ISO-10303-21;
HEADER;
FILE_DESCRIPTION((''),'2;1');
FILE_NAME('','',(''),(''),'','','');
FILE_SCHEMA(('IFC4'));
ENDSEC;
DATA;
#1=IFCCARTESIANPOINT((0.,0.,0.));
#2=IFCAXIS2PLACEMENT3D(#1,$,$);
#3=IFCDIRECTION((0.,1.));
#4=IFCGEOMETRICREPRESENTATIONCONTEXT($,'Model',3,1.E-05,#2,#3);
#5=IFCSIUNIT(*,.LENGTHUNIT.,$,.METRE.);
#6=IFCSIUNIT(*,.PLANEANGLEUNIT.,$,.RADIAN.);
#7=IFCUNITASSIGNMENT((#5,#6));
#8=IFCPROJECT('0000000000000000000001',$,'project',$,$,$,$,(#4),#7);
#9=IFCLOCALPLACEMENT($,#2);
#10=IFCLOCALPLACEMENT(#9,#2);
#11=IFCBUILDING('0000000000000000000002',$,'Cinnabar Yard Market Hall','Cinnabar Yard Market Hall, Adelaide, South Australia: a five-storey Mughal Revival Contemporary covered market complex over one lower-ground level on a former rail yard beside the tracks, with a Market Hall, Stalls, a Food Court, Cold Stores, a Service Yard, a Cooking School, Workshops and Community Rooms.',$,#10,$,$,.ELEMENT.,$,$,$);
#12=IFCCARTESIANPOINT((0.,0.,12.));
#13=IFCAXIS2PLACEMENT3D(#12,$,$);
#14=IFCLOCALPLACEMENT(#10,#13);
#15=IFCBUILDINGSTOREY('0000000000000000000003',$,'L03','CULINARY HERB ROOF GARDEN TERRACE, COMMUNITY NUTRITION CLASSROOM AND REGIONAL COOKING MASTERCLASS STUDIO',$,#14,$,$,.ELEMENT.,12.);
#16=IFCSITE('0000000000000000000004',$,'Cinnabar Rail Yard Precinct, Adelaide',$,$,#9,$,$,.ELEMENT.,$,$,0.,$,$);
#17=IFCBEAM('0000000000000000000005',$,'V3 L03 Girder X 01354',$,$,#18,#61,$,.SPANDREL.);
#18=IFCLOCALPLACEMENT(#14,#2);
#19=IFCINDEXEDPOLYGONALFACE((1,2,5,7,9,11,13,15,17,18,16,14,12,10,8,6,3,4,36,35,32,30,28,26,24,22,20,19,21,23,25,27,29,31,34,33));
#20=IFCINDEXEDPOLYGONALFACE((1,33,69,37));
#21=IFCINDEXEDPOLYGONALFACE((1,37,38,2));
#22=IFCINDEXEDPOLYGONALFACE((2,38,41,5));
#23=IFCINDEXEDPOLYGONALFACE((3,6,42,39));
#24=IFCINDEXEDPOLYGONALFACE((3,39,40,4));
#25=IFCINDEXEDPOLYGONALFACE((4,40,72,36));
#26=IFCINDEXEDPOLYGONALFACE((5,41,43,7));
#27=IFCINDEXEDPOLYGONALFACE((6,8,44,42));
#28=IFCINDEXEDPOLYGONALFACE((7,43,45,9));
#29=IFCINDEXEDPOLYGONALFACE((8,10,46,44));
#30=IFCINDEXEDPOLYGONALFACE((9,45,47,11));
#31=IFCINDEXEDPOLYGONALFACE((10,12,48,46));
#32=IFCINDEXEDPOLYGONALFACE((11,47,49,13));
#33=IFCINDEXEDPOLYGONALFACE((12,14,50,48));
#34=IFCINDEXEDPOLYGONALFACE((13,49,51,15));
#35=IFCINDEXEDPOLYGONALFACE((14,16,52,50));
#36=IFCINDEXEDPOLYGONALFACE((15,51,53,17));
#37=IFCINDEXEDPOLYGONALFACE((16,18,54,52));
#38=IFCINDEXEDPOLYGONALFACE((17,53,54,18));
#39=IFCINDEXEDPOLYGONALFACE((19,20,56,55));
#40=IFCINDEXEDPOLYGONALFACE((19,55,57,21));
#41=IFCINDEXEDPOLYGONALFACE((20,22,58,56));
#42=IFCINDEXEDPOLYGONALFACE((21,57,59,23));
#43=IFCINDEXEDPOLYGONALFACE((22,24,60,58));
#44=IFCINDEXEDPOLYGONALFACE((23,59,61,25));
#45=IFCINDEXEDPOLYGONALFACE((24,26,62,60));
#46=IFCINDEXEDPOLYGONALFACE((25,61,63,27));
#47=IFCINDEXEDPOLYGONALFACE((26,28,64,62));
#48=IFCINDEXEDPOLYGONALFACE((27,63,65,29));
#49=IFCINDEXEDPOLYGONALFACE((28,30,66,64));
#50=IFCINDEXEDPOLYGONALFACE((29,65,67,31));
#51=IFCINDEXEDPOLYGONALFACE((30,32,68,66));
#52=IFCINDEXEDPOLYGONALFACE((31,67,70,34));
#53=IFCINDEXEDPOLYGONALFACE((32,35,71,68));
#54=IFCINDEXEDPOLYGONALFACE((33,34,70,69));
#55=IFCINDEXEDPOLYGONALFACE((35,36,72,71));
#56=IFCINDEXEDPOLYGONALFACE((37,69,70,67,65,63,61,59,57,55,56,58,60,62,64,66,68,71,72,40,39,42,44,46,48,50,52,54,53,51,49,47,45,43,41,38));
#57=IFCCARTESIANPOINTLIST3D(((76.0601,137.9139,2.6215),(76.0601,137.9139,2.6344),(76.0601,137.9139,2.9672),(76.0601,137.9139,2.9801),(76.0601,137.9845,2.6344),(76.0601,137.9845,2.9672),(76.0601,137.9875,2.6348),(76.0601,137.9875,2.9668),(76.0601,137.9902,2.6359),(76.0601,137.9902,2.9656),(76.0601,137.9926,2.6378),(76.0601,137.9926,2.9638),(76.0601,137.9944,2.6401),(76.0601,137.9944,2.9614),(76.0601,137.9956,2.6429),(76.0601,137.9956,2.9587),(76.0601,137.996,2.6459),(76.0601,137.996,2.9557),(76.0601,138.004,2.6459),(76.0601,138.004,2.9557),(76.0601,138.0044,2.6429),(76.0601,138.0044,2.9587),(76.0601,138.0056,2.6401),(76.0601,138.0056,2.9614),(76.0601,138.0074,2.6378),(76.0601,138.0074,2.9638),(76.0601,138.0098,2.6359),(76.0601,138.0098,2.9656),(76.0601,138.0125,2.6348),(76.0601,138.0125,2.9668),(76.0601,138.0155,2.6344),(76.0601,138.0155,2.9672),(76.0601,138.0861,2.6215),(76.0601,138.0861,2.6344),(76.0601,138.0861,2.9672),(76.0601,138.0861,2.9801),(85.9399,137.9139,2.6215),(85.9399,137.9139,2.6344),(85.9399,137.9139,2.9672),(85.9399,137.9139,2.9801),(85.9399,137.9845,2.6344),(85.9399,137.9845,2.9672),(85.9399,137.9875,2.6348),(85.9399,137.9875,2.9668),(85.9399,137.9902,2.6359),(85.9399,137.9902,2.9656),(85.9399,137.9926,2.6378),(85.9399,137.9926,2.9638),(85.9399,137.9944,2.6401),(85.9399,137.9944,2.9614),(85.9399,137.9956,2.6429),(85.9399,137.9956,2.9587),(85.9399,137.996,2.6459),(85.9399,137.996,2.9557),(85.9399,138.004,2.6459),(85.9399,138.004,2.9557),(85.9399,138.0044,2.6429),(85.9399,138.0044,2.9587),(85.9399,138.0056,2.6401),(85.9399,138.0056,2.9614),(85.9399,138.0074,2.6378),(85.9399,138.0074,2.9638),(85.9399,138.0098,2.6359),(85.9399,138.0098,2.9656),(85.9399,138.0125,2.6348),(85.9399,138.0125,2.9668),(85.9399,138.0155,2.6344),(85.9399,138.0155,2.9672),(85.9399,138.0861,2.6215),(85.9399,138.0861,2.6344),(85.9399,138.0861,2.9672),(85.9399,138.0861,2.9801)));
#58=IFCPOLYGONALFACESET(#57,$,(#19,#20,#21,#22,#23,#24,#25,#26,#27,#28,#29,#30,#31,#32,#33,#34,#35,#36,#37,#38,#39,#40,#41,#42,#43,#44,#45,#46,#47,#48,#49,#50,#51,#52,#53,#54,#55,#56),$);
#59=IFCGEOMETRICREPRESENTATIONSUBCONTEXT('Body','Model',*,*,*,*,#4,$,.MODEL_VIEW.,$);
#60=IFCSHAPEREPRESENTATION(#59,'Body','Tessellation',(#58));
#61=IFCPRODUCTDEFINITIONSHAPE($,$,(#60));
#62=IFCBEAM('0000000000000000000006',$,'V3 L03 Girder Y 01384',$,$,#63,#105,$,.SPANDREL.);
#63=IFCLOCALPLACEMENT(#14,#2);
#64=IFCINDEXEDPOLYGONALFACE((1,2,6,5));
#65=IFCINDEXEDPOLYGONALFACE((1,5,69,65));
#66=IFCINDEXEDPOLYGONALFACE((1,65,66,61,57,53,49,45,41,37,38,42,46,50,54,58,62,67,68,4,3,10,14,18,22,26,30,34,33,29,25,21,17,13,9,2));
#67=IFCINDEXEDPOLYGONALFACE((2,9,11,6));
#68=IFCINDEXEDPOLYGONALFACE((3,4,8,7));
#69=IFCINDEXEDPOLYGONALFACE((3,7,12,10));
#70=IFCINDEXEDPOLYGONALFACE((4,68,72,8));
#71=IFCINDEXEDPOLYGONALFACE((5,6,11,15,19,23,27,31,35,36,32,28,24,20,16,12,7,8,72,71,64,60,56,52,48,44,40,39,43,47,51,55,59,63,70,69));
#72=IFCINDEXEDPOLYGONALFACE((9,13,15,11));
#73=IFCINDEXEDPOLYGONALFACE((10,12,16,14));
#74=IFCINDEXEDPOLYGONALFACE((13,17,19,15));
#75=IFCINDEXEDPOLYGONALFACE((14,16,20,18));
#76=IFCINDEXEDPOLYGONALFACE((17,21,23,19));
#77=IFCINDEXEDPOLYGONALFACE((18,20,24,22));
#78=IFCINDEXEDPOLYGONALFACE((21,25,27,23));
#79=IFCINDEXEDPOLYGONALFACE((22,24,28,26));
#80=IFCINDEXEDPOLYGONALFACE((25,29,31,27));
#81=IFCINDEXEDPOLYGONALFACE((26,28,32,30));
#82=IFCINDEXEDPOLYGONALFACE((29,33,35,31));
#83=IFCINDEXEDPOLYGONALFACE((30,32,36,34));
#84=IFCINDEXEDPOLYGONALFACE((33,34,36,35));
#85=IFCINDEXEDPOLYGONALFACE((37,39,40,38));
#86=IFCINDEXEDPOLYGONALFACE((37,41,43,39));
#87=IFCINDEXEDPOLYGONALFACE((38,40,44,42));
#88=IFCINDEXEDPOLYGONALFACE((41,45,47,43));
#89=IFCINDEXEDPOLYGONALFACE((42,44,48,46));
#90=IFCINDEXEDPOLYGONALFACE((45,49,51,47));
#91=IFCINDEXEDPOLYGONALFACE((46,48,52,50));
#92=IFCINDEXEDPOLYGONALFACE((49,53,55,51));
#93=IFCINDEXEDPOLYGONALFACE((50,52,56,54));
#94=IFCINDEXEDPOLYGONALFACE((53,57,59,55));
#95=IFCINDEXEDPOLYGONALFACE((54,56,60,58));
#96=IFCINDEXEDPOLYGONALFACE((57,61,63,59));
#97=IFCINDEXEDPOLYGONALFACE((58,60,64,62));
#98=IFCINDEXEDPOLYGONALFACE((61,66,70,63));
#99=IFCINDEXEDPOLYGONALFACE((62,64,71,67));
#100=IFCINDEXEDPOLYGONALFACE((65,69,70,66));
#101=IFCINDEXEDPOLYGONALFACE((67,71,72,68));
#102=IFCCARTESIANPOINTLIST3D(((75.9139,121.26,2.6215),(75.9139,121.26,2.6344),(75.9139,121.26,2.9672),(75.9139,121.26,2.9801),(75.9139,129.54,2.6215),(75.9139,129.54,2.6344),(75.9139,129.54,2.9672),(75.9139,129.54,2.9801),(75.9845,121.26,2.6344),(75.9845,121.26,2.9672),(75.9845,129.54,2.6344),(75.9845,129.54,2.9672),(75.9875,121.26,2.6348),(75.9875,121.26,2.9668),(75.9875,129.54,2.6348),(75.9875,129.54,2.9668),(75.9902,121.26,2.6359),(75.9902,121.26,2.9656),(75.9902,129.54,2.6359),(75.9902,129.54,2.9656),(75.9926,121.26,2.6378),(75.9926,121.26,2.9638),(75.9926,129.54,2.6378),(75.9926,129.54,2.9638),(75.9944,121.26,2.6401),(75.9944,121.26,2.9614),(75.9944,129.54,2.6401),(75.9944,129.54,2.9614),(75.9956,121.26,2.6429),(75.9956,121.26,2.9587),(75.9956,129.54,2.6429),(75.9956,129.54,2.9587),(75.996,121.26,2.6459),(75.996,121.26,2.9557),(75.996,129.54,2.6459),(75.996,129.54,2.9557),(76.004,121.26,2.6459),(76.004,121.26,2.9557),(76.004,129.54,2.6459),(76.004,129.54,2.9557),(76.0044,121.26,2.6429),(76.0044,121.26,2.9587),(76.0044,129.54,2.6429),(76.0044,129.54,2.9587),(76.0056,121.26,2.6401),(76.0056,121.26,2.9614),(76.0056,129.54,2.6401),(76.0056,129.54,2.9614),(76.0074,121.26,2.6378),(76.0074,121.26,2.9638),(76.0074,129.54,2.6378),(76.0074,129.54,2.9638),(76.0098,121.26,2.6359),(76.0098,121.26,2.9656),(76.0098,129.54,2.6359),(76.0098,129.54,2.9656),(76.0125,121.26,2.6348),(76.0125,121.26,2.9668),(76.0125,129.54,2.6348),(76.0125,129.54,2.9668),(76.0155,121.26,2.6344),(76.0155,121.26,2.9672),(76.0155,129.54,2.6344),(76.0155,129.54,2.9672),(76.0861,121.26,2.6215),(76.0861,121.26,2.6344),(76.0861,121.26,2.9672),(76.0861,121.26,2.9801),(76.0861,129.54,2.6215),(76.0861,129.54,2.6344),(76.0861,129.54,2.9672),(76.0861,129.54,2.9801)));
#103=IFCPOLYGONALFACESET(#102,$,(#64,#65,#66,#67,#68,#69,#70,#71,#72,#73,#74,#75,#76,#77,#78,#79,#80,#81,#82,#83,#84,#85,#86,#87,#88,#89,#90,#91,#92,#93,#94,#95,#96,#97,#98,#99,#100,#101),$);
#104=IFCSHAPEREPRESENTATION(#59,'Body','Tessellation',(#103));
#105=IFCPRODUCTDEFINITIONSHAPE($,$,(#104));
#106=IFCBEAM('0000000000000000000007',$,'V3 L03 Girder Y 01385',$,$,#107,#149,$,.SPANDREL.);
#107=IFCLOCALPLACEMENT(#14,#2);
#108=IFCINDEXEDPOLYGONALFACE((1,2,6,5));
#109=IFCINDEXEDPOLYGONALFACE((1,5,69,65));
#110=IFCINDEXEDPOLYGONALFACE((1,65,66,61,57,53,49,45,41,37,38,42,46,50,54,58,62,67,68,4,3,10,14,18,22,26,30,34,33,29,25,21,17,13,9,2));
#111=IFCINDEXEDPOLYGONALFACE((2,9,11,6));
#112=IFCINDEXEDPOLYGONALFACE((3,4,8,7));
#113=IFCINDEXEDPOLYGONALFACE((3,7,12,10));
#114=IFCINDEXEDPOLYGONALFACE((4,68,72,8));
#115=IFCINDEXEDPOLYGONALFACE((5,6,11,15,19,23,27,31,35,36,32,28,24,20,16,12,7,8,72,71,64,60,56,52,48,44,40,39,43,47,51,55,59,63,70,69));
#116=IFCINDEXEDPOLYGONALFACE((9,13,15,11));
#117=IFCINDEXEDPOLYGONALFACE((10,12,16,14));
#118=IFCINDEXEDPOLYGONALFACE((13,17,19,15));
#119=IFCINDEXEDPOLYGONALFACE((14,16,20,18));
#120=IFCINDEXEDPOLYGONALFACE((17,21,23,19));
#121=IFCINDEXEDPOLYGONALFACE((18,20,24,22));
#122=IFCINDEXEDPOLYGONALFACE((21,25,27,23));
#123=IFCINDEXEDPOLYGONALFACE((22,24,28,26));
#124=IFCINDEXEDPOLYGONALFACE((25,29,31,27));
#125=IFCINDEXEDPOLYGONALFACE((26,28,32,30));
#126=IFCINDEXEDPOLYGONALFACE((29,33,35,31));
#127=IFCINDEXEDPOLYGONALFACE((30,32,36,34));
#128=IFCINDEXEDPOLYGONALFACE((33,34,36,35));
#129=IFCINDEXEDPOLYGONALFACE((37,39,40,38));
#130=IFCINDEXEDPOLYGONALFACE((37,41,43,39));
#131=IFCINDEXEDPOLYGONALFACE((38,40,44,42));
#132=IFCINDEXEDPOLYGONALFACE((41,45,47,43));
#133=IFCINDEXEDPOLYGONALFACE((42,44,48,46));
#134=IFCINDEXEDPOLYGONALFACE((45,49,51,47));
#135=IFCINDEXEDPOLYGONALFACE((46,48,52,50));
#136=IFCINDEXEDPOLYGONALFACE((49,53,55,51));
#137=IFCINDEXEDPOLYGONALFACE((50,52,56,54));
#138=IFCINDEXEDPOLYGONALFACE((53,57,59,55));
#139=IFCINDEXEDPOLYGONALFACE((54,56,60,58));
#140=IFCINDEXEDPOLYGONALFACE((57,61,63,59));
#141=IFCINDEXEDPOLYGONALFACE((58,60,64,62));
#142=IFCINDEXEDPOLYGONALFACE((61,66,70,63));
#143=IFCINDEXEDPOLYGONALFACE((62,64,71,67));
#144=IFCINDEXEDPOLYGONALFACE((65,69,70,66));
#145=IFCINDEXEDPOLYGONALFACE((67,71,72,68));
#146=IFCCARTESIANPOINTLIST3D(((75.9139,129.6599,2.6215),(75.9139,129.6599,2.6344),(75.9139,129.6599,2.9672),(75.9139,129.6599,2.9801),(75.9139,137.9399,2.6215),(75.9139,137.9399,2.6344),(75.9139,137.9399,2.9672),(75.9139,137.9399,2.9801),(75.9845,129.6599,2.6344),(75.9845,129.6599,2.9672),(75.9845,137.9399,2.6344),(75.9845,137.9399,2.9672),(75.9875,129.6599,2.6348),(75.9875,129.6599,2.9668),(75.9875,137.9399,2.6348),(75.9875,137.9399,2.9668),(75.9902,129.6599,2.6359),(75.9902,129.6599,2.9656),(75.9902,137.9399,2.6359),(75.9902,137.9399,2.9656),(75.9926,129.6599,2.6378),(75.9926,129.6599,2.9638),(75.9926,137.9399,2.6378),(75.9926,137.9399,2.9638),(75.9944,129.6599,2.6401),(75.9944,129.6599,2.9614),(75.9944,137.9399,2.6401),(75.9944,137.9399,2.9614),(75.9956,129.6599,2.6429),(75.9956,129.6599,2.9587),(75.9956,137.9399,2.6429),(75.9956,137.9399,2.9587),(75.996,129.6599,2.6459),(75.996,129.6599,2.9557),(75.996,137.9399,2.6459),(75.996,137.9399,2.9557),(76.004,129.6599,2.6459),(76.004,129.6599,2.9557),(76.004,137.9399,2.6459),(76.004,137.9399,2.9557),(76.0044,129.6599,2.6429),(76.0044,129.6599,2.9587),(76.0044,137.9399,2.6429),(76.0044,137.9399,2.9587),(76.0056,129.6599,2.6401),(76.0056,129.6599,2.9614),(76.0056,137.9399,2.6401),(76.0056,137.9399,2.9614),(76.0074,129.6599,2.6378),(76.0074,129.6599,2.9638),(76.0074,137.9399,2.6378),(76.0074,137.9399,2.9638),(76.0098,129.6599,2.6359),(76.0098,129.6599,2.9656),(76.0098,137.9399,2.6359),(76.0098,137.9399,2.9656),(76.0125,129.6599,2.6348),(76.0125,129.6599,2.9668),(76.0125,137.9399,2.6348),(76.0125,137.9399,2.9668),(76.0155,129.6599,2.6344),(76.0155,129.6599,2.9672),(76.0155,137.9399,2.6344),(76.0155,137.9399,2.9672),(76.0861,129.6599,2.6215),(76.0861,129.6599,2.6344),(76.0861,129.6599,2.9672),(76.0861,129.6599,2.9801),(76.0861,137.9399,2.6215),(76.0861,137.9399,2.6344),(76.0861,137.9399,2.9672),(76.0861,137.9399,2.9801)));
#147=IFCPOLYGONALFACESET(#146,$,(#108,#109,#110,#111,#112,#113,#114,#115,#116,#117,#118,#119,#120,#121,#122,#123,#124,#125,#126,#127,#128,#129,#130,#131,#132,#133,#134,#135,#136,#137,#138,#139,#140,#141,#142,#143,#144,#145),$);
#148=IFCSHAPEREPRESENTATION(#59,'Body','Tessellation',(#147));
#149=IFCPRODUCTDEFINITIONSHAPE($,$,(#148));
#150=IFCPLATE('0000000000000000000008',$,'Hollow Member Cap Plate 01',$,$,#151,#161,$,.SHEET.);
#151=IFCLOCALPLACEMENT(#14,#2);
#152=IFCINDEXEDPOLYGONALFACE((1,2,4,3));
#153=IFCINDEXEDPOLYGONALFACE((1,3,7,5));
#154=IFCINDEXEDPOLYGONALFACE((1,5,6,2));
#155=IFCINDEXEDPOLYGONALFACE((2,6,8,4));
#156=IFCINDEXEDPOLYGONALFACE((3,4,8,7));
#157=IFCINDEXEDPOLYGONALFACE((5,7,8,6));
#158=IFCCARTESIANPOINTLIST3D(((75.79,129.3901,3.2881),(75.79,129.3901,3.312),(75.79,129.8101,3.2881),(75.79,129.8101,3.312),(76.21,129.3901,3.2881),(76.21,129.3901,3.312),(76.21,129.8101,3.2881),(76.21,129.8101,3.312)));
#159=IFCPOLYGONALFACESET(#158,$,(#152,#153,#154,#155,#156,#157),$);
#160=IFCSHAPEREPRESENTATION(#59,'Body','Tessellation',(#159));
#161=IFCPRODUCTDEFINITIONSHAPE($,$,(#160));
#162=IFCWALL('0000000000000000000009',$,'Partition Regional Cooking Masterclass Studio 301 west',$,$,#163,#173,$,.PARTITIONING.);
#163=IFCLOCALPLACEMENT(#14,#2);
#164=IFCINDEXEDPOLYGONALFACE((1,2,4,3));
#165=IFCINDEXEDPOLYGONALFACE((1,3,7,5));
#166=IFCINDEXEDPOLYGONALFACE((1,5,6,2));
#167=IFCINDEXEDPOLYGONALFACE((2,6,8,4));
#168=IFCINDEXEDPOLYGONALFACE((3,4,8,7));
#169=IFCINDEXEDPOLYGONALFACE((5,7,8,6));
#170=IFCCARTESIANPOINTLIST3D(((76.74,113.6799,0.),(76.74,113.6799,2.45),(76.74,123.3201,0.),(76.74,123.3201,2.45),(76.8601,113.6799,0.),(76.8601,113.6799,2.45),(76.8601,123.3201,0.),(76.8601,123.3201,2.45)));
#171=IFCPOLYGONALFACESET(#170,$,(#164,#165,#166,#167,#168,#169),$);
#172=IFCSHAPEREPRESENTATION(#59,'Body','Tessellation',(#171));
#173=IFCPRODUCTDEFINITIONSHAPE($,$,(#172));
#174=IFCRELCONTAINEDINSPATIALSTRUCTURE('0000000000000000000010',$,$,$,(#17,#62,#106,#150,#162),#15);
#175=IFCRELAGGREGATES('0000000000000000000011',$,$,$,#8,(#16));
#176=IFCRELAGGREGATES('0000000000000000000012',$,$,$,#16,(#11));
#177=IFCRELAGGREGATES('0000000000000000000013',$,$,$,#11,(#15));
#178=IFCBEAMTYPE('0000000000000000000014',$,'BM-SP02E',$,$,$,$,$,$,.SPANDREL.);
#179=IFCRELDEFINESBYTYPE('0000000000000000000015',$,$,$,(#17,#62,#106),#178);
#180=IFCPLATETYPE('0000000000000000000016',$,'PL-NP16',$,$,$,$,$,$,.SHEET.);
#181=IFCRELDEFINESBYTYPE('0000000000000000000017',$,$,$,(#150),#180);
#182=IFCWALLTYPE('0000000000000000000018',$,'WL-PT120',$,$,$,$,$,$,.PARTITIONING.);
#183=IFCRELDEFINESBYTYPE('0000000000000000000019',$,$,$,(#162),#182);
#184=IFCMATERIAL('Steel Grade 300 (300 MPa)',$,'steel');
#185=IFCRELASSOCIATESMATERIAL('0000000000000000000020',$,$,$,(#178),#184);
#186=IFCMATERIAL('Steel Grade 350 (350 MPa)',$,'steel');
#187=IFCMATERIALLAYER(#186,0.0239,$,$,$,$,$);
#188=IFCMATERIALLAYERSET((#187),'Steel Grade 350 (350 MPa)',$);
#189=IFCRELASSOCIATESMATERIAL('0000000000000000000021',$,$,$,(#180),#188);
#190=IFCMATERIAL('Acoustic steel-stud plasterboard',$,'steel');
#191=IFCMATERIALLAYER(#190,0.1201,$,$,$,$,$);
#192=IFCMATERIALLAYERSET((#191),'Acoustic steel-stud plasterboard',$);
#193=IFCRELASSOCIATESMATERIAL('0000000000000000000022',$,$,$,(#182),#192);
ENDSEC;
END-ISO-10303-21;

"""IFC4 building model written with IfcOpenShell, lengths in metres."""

from ifc_helpers import new_model, si_unit, direction, frame, frame_2d, origin, origin_2d_with_axis, place, context, subcontext, project, spatial, rectangle, i_section, extrude, material, layer, layer_set, material_profile, profile_set, type_object, element, save


model = new_model("IFC4")

# Units and contexts
model_context = context("Model", 3, precision=1e-05, world=origin(), true_north=direction((0.0, 1.0)))
body_context = subcontext(model_context, "Body", "Model", "MODEL_VIEW")
ifc_project = project(units=[si_unit("LENGTHUNIT", "METRE"), si_unit("PLANEANGLEUNIT", "RADIAN")], contexts=[model_context])

# Site, building, storey
site_placement = place(None, origin())
site = spatial("IfcSite", under=ifc_project, at=site_placement, Name="Cinnabar Rail Yard Precinct, Adelaide", CompositionType="ELEMENT", RefElevation=0.0)
building_placement = place(site_placement, origin())
building = spatial("IfcBuilding", under=site, at=building_placement, Name="Cinnabar Yard Market Hall", Description="Cinnabar Yard Market Hall, Adelaide, South Australia: a five-storey Mughal Revival Contemporary covered market complex over one lower-ground level on a former rail yard beside the tracks, with a Market Hall, Stalls, a Food Court, Cold Stores, a Service Yard, a Cooking School, Workshops and Community Rooms.", CompositionType="ELEMENT")
storey_placement = place(building_placement, frame((0.0, 0.0, 12.0)))
storey = spatial("IfcBuildingStorey", under=building, at=storey_placement, Name="L03", Description="CULINARY HERB ROOF GARDEN TERRACE, COMMUNITY NUTRITION CLASSROOM AND REGIONAL COOKING MASTERCLASS STUDIO", CompositionType="ELEMENT", Elevation=12.0)

# Beams
ifc_material_1 = material(Name="Steel Grade 300 (300 MPa)", Category="steel")
ifc_material_profile_1 = material_profile(ifc_material_1, i_section(OverallWidth=0.1721, OverallDepth=0.3586, WebThickness=0.0081, FlangeThickness=0.0129, FilletRadius=0.0115, at=origin_2d_with_axis()), Name="360UB56.7")
ifc_profile_set_1 = profile_set([ifc_material_profile_1], Name="Steel Grade 300 (300 MPa)")
beam_type_1 = type_object("IfcBeamType", Name="BM-SP02E", PredefinedType="SPANDREL", material=ifc_profile_set_1)
beam_1_placement = place(storey_placement, frame((76.0601, 138.0, 2.8008), z_axis=(1.0, 0.0, 0.0), x_axis=(0.0, 1.0, 0.0)))
element("IfcBeam", 1, at=beam_1_placement, inside=storey, type_object=beam_type_1, Name="V3 L03 Girder X 01354", PredefinedType="SPANDREL", context=body_context, shape_type="SweptSolid", body=[
    extrude(i_section(OverallWidth=0.1721, OverallDepth=0.3586, WebThickness=0.0081, FlangeThickness=0.0129, FilletRadius=0.0115, at=origin_2d_with_axis()), origin(), (0.0, 0.0, 1.0), 9.8799),
])
for number, where, z_axis, x_axis, name in (
    (2, (76.0, 121.26, 2.8008), (0.0, 1.0, 0.0), (-1.0, 0.0, 0.0), "V3 L03 Girder Y 01384"),
    (3, (76.0, 129.6599, 2.8008), (0.0, 1.0, 0.0), (-1.0, 0.0, 0.0), "V3 L03 Girder Y 01385"),
):
    element("IfcBeam", number, at=place(storey_placement, frame(where, z_axis=z_axis, x_axis=x_axis)), inside=storey, type_object=beam_type_1, Name=name, PredefinedType="SPANDREL", context=body_context, shape_type="SweptSolid", body=[
        extrude(i_section(OverallWidth=0.1721, OverallDepth=0.3586, WebThickness=0.0081, FlangeThickness=0.0129, FilletRadius=0.0115, at=origin_2d_with_axis()), origin(), (0.0, 0.0, 1.0), 8.28),
    ])

# Plate
ifc_material_2 = material(Name="Steel Grade 350 (350 MPa)", Category="steel")
ifc_layer_1 = layer(ifc_material_2, 0.0239)
ifc_layer_set_1 = layer_set([ifc_layer_1], Name="Steel Grade 350 (350 MPa)")
plate_type = type_object("IfcPlateType", Name="PL-NP16", PredefinedType="SHEET", material=ifc_layer_set_1)
plate_placement = place(storey_placement, frame((76.0, 129.6001, 3.2881), z_axis=(0.0, 0.0, 1.0), x_axis=(1.0, 0.0, 0.0)))
element("IfcPlate", 4, at=plate_placement, inside=storey, type_object=plate_type, Name="Hollow Member Cap Plate 01", PredefinedType="SHEET", context=body_context, shape_type="SweptSolid", body=[
    extrude(rectangle(XDim=0.4199, YDim=0.4199, at=origin_2d_with_axis()), origin(), (0.0, 0.0, 1.0), 0.0239),
])

# Wall
ifc_material_3 = material(Name="Acoustic steel-stud plasterboard", Category="steel")
ifc_layer_2 = layer(ifc_material_3, 0.1201)
ifc_layer_set_2 = layer_set([ifc_layer_2], Name="Acoustic steel-stud plasterboard")
wall_type_1 = type_object("IfcWallType", Name="WL-PT120", PredefinedType="PARTITIONING", material=ifc_layer_set_2)
wall_1_placement = place(storey_placement, frame((76.8, 123.3201, 0.0), z_axis=(0.0, 0.0, 1.0), x_axis=(0.0, -1.0, 0.0)))
element("IfcWall", 5, at=wall_1_placement, inside=storey, type_object=wall_type_1, Name="Partition Regional Cooking Masterclass Studio 301 west", PredefinedType="PARTITIONING", context=body_context, shape_type="SweptSolid", body=[
    extrude(rectangle(XDim=9.6401, YDim=0.1201, at=frame_2d((4.8201, 0.0), x_axis=(1.0, 0.0))), origin(), (0.0, 0.0, 1.0), 2.45),
])

save(model, "model.ifc")
